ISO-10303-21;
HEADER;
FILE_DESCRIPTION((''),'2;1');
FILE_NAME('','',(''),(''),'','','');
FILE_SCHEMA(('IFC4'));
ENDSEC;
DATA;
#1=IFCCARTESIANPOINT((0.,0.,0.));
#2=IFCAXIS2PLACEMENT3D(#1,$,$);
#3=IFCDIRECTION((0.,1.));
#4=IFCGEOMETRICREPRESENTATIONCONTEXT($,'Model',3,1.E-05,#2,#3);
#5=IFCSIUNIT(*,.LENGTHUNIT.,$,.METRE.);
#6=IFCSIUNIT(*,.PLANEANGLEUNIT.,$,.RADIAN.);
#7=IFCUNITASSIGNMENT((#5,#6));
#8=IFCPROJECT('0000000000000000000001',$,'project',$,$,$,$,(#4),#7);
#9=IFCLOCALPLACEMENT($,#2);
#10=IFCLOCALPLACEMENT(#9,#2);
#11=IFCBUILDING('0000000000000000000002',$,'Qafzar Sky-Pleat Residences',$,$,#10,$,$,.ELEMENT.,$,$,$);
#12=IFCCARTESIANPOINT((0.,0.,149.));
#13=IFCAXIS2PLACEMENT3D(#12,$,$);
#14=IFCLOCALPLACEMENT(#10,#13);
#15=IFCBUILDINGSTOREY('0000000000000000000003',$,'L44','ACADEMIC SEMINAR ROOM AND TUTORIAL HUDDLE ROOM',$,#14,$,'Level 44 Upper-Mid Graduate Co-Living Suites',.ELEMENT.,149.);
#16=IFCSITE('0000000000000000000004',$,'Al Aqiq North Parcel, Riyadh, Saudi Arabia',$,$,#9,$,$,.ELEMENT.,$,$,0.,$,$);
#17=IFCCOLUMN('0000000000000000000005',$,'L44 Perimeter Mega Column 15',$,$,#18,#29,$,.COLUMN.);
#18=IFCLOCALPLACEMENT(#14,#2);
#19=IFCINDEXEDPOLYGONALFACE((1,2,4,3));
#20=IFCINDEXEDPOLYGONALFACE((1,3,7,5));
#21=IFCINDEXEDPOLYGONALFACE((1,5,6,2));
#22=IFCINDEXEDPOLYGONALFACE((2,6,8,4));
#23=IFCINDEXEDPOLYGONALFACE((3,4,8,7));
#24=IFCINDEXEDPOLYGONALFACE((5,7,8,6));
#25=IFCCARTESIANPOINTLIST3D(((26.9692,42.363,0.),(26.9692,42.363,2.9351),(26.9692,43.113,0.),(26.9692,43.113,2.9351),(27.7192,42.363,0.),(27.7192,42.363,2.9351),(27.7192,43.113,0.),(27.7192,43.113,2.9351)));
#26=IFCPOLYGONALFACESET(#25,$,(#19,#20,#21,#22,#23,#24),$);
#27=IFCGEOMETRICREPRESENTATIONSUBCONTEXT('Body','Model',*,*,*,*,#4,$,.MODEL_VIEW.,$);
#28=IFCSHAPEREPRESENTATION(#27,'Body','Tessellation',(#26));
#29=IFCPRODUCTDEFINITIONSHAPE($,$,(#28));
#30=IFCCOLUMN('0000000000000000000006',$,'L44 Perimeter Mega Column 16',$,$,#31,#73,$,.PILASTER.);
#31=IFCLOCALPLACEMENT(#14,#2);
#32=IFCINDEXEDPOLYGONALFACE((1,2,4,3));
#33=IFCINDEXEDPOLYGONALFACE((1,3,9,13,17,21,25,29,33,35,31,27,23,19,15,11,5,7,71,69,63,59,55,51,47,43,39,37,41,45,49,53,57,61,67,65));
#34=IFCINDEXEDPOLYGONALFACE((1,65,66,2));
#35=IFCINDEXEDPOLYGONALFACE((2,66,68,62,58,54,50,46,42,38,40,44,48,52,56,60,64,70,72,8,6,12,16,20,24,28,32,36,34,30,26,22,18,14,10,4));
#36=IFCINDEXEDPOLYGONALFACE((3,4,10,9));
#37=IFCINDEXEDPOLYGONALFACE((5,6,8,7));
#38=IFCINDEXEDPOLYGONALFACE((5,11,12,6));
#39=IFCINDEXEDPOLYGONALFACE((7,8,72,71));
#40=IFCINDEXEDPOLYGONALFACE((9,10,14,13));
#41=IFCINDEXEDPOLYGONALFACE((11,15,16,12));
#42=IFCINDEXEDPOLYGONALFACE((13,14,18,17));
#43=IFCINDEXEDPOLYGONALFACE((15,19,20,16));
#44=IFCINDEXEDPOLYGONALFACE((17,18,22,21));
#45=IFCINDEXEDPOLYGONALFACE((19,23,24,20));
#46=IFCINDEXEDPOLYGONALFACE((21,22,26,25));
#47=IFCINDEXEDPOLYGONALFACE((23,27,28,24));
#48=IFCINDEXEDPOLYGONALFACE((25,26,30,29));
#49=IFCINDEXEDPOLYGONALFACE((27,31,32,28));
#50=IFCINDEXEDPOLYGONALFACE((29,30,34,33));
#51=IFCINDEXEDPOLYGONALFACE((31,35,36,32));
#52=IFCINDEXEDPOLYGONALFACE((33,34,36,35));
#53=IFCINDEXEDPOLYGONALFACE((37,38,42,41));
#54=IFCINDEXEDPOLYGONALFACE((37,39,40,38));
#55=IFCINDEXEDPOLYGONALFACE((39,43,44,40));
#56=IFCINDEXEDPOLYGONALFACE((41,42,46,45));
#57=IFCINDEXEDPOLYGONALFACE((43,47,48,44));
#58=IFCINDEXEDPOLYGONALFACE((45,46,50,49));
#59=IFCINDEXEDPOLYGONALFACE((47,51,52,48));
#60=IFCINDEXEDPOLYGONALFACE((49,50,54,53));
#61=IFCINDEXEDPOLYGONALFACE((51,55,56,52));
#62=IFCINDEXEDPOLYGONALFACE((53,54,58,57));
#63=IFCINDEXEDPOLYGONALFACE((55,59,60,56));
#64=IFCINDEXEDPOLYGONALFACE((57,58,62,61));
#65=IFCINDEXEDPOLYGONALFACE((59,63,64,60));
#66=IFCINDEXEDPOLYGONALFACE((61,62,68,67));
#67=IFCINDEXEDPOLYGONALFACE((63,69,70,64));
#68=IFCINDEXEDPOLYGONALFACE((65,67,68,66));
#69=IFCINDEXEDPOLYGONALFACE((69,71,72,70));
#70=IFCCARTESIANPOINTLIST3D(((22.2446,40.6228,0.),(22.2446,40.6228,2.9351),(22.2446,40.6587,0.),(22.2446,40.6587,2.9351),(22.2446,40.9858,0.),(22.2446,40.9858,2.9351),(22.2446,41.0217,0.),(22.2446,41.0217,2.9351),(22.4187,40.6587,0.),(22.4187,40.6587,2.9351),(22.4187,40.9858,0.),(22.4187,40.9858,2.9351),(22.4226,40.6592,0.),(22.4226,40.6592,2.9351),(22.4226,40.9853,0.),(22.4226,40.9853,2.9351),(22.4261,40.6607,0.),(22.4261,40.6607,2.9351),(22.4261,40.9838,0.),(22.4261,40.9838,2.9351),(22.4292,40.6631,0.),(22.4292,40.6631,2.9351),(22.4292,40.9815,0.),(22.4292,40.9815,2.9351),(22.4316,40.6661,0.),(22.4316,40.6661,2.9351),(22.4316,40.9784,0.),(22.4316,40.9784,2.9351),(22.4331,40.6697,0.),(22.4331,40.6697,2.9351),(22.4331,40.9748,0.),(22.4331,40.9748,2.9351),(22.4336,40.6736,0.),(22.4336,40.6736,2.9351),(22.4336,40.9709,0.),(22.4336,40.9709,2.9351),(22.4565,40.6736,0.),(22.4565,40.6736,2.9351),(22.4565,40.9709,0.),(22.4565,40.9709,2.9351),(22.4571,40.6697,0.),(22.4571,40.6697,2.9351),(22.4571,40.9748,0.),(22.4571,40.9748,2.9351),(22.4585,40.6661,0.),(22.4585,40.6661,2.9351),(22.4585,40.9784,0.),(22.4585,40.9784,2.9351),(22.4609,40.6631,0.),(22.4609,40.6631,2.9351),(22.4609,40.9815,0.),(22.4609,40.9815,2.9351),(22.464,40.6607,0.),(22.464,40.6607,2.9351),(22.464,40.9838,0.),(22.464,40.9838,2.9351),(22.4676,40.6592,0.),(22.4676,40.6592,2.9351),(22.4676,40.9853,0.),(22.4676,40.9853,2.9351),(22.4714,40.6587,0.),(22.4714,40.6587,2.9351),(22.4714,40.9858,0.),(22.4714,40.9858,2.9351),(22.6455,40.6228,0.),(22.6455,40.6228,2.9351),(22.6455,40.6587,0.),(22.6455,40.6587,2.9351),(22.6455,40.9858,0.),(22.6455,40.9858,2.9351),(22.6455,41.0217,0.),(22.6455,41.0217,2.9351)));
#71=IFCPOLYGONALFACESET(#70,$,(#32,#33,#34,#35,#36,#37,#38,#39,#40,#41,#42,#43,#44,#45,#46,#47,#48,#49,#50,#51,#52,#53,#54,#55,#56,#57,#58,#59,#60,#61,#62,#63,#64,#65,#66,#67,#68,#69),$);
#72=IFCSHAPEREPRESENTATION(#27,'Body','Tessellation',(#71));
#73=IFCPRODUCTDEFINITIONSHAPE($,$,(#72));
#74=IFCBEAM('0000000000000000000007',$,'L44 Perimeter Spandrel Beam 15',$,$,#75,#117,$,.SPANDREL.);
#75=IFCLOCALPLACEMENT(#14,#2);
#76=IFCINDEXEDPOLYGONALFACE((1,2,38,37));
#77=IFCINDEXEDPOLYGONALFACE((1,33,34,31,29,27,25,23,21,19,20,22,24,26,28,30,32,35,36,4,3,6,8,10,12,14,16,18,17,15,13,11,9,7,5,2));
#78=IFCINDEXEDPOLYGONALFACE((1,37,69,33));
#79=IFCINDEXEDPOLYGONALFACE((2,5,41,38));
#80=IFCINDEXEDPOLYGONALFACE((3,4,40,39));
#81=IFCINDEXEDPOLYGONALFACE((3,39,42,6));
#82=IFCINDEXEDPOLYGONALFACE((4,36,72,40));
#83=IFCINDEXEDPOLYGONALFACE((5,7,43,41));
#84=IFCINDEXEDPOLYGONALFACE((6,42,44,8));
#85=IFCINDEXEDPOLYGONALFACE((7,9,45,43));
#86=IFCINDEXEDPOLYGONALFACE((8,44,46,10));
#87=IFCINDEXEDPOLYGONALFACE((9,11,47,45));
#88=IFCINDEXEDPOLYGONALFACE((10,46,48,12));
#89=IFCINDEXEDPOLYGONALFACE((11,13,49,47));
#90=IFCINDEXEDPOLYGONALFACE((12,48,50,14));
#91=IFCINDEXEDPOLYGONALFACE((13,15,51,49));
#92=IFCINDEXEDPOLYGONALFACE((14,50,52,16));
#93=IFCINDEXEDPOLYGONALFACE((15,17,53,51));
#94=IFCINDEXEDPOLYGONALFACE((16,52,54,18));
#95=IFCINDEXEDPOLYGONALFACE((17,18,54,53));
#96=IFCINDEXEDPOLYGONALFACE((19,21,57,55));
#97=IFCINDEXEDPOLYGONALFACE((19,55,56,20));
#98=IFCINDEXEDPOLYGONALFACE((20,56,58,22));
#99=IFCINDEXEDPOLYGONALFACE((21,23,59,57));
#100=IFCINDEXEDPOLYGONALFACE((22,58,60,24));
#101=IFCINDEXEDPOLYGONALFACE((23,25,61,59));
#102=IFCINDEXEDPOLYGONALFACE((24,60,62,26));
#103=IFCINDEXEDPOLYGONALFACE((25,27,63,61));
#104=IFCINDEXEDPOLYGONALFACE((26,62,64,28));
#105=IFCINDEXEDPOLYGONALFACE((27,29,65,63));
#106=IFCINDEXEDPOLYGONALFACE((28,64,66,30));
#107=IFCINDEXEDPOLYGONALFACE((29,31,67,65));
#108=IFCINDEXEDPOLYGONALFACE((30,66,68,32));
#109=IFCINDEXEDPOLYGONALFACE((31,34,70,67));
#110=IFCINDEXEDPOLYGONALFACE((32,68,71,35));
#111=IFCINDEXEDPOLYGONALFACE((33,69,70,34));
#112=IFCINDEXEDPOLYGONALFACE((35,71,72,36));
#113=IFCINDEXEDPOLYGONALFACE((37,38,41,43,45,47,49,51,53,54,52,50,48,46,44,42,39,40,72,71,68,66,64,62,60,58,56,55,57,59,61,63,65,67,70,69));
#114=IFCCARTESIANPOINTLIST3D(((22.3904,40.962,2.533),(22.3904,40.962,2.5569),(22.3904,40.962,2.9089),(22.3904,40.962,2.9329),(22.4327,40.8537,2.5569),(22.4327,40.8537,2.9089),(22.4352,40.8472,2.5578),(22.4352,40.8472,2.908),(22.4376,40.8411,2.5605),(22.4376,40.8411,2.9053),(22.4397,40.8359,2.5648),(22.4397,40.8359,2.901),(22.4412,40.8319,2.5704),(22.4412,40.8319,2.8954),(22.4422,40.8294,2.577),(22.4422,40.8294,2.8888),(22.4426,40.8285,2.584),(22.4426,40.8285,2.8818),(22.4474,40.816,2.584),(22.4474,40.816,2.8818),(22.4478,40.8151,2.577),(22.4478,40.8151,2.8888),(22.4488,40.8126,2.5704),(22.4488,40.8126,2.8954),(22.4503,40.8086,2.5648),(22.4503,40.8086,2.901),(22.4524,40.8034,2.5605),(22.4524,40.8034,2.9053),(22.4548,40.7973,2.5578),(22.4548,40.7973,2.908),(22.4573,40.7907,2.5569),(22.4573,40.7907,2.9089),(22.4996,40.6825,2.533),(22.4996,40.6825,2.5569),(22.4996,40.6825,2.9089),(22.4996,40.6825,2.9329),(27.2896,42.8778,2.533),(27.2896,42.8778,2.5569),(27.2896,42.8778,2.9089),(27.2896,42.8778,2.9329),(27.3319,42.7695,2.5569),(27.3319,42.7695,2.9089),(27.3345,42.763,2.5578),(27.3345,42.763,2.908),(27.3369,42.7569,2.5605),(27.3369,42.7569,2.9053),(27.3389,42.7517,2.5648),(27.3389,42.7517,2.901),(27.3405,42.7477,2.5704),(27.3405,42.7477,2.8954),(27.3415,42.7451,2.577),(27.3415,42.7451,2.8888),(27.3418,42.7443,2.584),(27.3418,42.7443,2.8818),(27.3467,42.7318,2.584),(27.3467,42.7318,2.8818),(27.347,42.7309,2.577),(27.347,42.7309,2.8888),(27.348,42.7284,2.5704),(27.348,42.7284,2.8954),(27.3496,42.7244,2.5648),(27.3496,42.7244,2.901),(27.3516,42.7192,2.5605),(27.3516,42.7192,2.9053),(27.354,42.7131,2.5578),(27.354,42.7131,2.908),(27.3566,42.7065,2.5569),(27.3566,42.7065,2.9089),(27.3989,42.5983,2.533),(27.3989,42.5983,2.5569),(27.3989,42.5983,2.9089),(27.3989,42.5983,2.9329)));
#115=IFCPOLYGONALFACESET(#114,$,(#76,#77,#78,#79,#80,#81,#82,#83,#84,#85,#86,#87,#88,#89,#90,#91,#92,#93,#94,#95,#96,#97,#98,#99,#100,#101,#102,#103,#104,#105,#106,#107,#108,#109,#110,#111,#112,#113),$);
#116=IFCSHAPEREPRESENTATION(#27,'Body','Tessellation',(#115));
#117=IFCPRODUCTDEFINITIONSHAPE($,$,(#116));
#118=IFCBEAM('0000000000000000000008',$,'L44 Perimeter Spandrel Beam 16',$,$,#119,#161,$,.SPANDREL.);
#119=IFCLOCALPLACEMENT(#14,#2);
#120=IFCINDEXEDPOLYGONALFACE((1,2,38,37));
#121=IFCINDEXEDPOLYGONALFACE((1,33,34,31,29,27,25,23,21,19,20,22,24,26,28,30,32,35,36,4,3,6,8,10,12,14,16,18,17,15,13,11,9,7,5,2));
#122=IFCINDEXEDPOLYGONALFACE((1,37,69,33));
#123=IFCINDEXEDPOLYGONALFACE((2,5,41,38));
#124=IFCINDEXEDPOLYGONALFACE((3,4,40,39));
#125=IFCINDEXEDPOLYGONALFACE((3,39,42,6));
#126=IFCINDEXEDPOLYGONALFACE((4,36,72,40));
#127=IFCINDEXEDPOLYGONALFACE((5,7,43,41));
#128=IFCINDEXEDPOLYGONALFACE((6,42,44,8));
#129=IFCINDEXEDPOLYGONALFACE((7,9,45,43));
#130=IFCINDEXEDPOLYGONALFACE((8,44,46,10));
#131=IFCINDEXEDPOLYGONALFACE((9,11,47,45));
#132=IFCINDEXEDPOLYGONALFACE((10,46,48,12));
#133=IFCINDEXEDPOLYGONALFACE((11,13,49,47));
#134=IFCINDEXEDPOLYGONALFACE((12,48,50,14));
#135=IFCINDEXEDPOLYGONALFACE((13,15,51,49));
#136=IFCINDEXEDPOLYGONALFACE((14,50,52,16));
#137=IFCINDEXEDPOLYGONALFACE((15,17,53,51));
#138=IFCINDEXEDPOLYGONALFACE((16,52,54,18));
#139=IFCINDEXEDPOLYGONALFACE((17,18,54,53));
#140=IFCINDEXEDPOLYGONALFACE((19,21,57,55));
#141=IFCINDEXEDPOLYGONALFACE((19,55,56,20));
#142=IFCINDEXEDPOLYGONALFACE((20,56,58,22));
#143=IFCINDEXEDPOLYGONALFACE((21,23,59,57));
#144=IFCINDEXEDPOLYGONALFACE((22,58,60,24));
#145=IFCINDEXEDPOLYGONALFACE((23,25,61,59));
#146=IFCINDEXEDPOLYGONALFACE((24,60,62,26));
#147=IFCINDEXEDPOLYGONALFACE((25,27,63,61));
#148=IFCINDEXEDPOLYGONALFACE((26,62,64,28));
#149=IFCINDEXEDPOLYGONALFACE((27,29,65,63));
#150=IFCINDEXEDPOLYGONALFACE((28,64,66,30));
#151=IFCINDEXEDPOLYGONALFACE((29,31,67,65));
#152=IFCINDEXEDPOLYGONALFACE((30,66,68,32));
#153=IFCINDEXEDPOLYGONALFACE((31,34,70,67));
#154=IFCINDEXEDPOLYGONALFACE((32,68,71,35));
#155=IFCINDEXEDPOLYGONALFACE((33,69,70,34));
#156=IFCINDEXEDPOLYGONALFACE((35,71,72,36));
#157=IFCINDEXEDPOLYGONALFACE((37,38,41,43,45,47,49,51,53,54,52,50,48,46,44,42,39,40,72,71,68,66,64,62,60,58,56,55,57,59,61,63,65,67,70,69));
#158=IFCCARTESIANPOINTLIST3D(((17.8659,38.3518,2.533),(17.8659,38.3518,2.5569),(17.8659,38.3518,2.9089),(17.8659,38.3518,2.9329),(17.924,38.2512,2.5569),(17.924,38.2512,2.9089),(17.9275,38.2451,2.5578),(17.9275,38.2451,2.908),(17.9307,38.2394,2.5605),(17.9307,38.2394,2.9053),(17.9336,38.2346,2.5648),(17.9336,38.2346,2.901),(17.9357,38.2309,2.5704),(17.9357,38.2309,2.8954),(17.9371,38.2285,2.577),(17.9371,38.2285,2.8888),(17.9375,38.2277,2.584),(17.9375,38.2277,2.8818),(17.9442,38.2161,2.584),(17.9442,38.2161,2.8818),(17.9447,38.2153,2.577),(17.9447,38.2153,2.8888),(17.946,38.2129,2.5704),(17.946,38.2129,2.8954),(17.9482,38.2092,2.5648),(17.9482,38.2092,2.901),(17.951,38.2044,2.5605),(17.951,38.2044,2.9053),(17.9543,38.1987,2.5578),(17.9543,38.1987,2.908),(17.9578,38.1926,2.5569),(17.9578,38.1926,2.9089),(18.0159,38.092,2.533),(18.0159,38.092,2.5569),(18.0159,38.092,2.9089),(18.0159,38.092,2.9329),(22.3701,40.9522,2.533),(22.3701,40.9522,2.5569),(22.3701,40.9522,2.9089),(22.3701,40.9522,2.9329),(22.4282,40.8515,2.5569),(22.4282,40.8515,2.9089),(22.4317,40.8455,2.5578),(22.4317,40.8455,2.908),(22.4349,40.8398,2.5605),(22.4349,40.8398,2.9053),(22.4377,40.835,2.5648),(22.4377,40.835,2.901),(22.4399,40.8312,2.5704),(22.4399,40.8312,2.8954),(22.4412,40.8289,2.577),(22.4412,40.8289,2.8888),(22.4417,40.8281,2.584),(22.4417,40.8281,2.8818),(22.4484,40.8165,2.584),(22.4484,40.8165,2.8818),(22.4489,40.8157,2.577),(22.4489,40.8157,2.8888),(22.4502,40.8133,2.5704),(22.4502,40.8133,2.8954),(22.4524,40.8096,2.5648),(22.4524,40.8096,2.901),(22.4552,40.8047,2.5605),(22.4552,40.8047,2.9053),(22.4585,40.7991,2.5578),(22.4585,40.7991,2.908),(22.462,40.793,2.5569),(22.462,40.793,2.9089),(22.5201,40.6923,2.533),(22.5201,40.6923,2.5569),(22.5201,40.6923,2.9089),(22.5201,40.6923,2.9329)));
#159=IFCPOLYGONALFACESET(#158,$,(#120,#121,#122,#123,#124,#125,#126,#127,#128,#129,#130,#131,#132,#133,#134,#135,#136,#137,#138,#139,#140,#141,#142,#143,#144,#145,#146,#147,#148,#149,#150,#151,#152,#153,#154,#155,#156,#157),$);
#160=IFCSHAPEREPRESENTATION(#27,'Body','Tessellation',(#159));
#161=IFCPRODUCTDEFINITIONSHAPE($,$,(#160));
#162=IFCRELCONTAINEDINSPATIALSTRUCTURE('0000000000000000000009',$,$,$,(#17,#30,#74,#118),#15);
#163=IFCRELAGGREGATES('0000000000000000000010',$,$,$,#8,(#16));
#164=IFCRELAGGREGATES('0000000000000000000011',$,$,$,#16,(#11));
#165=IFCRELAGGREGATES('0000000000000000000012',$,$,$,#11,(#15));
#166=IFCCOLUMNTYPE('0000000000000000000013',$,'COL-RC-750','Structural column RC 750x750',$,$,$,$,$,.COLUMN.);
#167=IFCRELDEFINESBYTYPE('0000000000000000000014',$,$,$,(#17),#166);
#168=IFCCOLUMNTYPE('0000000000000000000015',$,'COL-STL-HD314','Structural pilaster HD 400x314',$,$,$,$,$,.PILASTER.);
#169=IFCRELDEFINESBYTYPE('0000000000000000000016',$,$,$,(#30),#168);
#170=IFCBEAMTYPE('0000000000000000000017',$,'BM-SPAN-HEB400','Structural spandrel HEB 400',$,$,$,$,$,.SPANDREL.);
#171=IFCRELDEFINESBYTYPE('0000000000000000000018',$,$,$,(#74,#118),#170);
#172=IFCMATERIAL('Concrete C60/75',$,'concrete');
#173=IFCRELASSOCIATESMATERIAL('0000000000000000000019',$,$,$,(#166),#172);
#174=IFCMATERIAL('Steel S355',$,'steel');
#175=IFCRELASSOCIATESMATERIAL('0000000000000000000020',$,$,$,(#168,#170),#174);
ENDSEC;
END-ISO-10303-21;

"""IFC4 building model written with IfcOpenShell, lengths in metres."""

from ifc_helpers import new_model, si_unit, direction, frame, origin, origin_2d, place, context, subcontext, project, spatial, rectangle, i_section, extrude, source, transform, mapped, material, material_profile, profile_set, type_object, element, save


model = new_model("IFC4")

# Units and contexts
model_context = context("Model", 3, precision=1e-05, world=origin(), true_north=direction((0.0, 1.0)))
body_context = subcontext(model_context, "Body", "Model", "MODEL_VIEW")
ifc_project = project(units=[si_unit("LENGTHUNIT", "METRE"), si_unit("PLANEANGLEUNIT", "RADIAN")], contexts=[model_context])

# Site, building, storey
site_placement = place(None, origin())
site = spatial("IfcSite", under=ifc_project, at=site_placement, Name="Al Aqiq North Parcel, Riyadh, Saudi Arabia", CompositionType="ELEMENT", RefElevation=0.0)
building_placement = place(site_placement, origin())
building = spatial("IfcBuilding", under=site, at=building_placement, Name="Qafzar Sky-Pleat Residences", CompositionType="ELEMENT")
storey_placement = place(building_placement, frame((0.0, 0.0, 149.0)))
storey = spatial("IfcBuildingStorey", under=building, at=storey_placement, Name="L44", Description="ACADEMIC SEMINAR ROOM AND TUTORIAL HUDDLE ROOM", LongName="Level 44 Upper-Mid Graduate Co-Living Suites", CompositionType="ELEMENT", Elevation=149.0)

# Columns
ifc_material_1 = material(Name="Concrete C60/75", Category="concrete")
ifc_material_profile_1 = material_profile(ifc_material_1, rectangle(XDim=0.75, YDim=0.75, at=origin_2d()), Name="RC 750x750")
ifc_profile_set_1 = profile_set([ifc_material_profile_1], Name="Concrete C60/75")
column_type_1 = type_object("IfcColumnType", Name="COL-RC-750", Description="Structural column RC 750x750", PredefinedType="COLUMN", material=ifc_profile_set_1)
shared_shape_1 = source(origin(), body_context, "Body", "SweptSolid", [
    extrude(rectangle(XDim=0.75, YDim=0.75, at=origin_2d()), origin(), (0.0, 0.0, 1.0), 2.9351),
])
column_1_placement = place(storey_placement, frame((27.3442, 42.738, 0.0), z_axis=(0.0, 0.0, 1.0), x_axis=(1.0, 0.0, 0.0)))
element("IfcColumn", 1, at=column_1_placement, inside=storey, type_object=column_type_1, Name="L44 Perimeter Mega Column 15", PredefinedType="COLUMN", context=body_context, shape_type="MappedRepresentation", body=[
    mapped(shared_shape_1, transform((0.0, 0.0, 0.0), x_axis=(1.0, 0.0, 0.0), y_axis=(0.0, 1.0, 0.0), z_axis=(0.0, 0.0, 1.0), scale=1.0)),
])
ifc_material_2 = material(Name="Steel S355", Category="steel")
ifc_material_profile_2 = material_profile(ifc_material_2, i_section(OverallWidth=0.4009, OverallDepth=0.3989, WebThickness=0.0229, FlangeThickness=0.0359, FilletRadius=0.0149, at=origin_2d()), Name="HD 400x314")
ifc_profile_set_2 = profile_set([ifc_material_profile_2], Name="Steel S355")
column_type_2 = type_object("IfcColumnType", Name="COL-STL-HD314", Description="Structural pilaster HD 400x314", PredefinedType="PILASTER", material=ifc_profile_set_2)
shared_shape_2 = source(origin(), body_context, "Body", "SweptSolid", [
    extrude(i_section(OverallWidth=0.4009, OverallDepth=0.3989, WebThickness=0.0229, FlangeThickness=0.0359, FilletRadius=0.0149, at=origin_2d()), origin(), (0.0, 0.0, 1.0), 2.9351),
])
column_2_placement = place(storey_placement, frame((22.4451, 40.8223, 0.0), z_axis=(0.0, 0.0, 1.0), x_axis=(1.0, 0.0, 0.0)))
element("IfcColumn", 2, at=column_2_placement, inside=storey, type_object=column_type_2, Name="L44 Perimeter Mega Column 16", PredefinedType="PILASTER", context=body_context, shape_type="MappedRepresentation", body=[
    mapped(shared_shape_2, transform((0.0, 0.0, 0.0), x_axis=(1.0, 0.0, 0.0), y_axis=(0.0, 1.0, 0.0), z_axis=(0.0, 0.0, 1.0), scale=1.0)),
])

# Beams
ifc_material_profile_3 = material_profile(ifc_material_2, i_section(OverallWidth=0.3, OverallDepth=0.3999, WebThickness=0.0134, FlangeThickness=0.0239, FilletRadius=0.0271, at=origin_2d()), Name="HEB 400")
ifc_profile_set_3 = profile_set([ifc_material_profile_3], Name="Steel S355")
beam_type_1 = type_object("IfcBeamType", Name="BM-SPAN-HEB400", Description="Structural spandrel HEB 400", PredefinedType="SPANDREL", material=ifc_profile_set_3)
shared_shape_3 = source(origin(), body_context, "Body", "SweptSolid", [
    extrude(i_section(OverallWidth=0.3, OverallDepth=0.3999, WebThickness=0.0134, FlangeThickness=0.0239, FilletRadius=0.0271, at=origin_2d()), origin(), (0.0, 0.0, 1.0), 5.2605),
])
beam_1_placement = place(storey_placement, frame((27.3442, 42.738, 2.7329), z_axis=(-0.931326, -0.364186, 0.0), x_axis=(0.364186, -0.931326, 0.0)))
element("IfcBeam", 3, at=beam_1_placement, inside=storey, type_object=beam_type_1, Name="L44 Perimeter Spandrel Beam 15", PredefinedType="SPANDREL", context=body_context, shape_type="MappedRepresentation", body=[
    mapped(shared_shape_3, transform((0.0, 0.0, 0.0), x_axis=(1.0, 0.0, 0.0), y_axis=(0.0, 1.0, 0.0), z_axis=(0.0, 0.0, 1.0), scale=1.0)),
])
shared_shape_4 = source(origin(), body_context, "Body", "SweptSolid", [
    extrude(i_section(OverallWidth=0.3, OverallDepth=0.3999, WebThickness=0.0134, FlangeThickness=0.0239, FilletRadius=0.0271, at=origin_2d()), origin(), (0.0, 0.0, 1.0), 5.2009),
])
beam_2_placement = place(storey_placement, frame((22.4451, 40.8223, 2.7329), z_axis=(-0.866036, -0.499981, 0.0), x_axis=(0.499981, -0.866036, 0.0)))
element("IfcBeam", 4, at=beam_2_placement, inside=storey, type_object=beam_type_1, Name="L44 Perimeter Spandrel Beam 16", PredefinedType="SPANDREL", context=body_context, shape_type="MappedRepresentation", body=[
    mapped(shared_shape_4, transform((0.0, 0.0, 0.0), x_axis=(1.0, 0.0, 0.0), y_axis=(0.0, 1.0, 0.0), z_axis=(0.0, 0.0, 1.0), scale=1.0)),
])

save(model, "model.ifc")
